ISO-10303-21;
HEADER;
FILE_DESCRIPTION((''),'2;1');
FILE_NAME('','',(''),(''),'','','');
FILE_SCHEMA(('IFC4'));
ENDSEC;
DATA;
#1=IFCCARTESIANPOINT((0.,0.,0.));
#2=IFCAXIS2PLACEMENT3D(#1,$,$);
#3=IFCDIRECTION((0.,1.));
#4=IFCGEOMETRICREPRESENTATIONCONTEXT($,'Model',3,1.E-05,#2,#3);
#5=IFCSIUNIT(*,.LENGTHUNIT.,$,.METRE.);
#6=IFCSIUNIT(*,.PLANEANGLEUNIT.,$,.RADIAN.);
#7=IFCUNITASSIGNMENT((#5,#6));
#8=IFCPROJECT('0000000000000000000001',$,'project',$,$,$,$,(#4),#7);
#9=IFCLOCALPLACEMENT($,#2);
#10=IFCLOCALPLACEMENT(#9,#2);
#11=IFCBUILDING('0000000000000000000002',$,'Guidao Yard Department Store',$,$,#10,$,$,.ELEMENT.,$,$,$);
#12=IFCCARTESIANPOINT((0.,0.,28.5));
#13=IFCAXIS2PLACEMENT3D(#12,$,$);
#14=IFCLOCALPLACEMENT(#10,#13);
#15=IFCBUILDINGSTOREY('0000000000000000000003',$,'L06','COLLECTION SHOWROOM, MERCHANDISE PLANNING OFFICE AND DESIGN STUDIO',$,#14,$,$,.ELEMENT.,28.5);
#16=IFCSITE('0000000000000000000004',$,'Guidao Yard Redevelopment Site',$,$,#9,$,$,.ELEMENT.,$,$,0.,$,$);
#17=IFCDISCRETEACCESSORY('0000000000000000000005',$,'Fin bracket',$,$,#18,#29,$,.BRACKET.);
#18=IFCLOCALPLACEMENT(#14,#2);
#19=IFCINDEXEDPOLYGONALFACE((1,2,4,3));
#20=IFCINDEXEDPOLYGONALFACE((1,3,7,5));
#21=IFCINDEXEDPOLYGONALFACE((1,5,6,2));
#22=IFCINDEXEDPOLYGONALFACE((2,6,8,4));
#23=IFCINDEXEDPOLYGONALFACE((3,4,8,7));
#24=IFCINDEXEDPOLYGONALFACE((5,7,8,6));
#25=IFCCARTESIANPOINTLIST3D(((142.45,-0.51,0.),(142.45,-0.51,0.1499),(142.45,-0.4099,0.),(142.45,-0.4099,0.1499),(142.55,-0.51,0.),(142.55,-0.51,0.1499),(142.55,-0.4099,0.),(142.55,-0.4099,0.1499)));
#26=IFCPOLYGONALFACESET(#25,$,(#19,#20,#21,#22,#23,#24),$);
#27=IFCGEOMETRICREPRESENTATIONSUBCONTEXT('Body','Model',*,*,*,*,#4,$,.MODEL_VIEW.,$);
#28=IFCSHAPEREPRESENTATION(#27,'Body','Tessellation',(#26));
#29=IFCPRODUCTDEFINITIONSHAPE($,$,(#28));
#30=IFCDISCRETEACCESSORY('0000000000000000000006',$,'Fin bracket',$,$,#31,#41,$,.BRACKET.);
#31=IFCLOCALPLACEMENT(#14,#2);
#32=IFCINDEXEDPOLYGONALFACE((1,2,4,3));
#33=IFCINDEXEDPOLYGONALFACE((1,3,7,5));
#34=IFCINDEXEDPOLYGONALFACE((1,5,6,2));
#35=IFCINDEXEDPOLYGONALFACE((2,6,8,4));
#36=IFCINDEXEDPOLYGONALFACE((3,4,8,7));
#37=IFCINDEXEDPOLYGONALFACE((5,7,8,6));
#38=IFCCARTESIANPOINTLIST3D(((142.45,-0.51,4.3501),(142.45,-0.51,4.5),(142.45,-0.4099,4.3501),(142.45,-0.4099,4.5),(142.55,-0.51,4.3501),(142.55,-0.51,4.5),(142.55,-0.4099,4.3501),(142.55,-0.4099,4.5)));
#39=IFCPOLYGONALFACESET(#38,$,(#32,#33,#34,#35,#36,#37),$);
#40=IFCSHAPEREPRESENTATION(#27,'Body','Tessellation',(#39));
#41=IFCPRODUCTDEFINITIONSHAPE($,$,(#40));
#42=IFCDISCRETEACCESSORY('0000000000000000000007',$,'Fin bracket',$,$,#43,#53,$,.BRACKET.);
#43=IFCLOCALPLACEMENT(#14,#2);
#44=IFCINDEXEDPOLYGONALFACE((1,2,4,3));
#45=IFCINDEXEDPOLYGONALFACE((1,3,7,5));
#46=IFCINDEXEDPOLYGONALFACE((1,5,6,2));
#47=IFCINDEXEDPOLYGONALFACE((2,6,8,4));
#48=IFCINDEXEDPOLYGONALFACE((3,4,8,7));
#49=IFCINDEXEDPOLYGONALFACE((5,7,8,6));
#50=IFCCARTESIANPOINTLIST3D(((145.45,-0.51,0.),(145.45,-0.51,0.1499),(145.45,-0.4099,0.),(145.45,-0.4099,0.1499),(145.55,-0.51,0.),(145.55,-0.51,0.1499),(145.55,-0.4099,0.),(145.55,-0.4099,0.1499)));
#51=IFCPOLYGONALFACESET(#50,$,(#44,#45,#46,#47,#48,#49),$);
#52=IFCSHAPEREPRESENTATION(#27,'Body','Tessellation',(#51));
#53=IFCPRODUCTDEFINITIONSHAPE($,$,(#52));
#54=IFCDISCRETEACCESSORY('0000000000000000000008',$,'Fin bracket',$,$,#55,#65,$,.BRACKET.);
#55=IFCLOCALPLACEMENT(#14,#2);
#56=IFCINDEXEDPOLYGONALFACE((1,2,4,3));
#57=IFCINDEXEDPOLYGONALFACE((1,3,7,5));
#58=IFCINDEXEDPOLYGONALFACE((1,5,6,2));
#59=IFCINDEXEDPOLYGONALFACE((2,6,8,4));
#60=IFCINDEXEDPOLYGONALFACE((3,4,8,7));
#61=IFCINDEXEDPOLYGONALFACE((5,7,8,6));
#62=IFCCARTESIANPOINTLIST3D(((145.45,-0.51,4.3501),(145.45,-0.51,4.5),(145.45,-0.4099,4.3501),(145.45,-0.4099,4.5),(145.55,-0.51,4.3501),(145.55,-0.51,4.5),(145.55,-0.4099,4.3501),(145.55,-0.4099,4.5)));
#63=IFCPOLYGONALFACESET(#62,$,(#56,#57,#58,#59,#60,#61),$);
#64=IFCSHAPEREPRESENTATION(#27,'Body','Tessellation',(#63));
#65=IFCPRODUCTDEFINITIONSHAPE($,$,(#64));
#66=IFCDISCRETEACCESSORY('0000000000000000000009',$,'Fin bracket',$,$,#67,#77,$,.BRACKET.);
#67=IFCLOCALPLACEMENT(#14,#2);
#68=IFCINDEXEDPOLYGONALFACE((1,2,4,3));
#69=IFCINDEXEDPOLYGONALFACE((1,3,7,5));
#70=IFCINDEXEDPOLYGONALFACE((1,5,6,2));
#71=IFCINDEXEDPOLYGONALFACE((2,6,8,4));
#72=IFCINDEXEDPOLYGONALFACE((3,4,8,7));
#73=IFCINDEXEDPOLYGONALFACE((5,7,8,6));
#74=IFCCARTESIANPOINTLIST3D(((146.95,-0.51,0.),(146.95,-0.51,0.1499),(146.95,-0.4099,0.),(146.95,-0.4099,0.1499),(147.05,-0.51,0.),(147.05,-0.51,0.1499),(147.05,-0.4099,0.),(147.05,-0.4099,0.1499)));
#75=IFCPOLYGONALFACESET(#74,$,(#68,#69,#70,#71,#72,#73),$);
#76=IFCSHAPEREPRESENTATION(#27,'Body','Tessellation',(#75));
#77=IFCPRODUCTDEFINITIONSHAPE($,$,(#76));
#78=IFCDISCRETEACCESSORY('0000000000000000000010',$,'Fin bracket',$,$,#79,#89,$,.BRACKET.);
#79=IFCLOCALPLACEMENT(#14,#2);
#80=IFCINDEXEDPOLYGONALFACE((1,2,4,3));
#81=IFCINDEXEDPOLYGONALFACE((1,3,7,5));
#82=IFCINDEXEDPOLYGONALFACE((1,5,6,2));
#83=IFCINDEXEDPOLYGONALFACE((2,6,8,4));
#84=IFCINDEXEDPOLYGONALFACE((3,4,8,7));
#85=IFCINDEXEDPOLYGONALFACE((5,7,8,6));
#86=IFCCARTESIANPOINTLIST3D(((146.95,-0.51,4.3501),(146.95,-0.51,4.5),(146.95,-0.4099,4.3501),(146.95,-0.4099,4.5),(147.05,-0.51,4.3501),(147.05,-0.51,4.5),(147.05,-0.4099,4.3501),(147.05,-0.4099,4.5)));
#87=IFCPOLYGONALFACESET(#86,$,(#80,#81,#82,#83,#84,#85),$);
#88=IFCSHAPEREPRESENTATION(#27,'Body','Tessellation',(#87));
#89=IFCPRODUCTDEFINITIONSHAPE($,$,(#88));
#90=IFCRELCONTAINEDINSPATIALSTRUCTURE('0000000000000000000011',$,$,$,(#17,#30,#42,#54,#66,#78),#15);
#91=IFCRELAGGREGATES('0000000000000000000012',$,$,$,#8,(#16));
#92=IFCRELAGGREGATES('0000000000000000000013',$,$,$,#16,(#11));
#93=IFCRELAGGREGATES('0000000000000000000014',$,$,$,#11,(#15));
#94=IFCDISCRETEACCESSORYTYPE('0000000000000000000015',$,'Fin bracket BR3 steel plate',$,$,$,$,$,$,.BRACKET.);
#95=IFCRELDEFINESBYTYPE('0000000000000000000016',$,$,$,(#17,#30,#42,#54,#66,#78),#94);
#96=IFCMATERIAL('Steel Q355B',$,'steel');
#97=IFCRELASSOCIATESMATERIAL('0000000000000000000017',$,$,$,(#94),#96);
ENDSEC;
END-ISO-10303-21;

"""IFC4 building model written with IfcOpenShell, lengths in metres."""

from ifc_helpers import new_model, si_unit, direction, frame, origin, origin_2d, place, context, subcontext, project, spatial, rectangle, extrude, material, type_object, element, save


model = new_model("IFC4")

# Units and contexts
model_context = context("Model", 3, precision=1e-05, world=origin(), true_north=direction((0.0, 1.0)))
body_context = subcontext(model_context, "Body", "Model", "MODEL_VIEW")
ifc_project = project(units=[si_unit("LENGTHUNIT", "METRE"), si_unit("PLANEANGLEUNIT", "RADIAN")], contexts=[model_context])

# Site, building, storey
site_placement = place(None, origin())
site = spatial("IfcSite", under=ifc_project, at=site_placement, Name="Guidao Yard Redevelopment Site", CompositionType="ELEMENT", RefElevation=0.0)
building_placement = place(site_placement, origin())
building = spatial("IfcBuilding", under=site, at=building_placement, Name="Guidao Yard Department Store", CompositionType="ELEMENT")
storey_placement = place(building_placement, frame((0.0, 0.0, 28.5)))
storey = spatial("IfcBuildingStorey", under=building, at=storey_placement, Name="L06", Description="COLLECTION SHOWROOM, MERCHANDISE PLANNING OFFICE AND DESIGN STUDIO", CompositionType="ELEMENT", Elevation=28.5)

# Discrete accessories
ifc_material_1 = material(Name="Steel Q355B", Category="steel")
discrete_accessory_type = type_object("IfcDiscreteAccessoryType", Name="Fin bracket BR3 steel plate", PredefinedType="BRACKET", material=ifc_material_1)
for number, where, z_axis, x_axis, name in (
    (1, (142.5, -0.46, 0.0), (0.0, 0.0, 1.0), (-1.0, 0.0, 0.0), "Fin bracket"),
    (2, (142.5, -0.46, 4.3501), (0.0, 0.0, 1.0), (-1.0, 0.0, 0.0), "Fin bracket"),
    (3, (145.5, -0.46, 0.0), (0.0, 0.0, 1.0), (-1.0, 0.0, 0.0), "Fin bracket"),
    (4, (145.5, -0.46, 4.3501), (0.0, 0.0, 1.0), (-1.0, 0.0, 0.0), "Fin bracket"),
    (5, (147.0, -0.46, 0.0), (0.0, 0.0, 1.0), (-1.0, 0.0, 0.0), "Fin bracket"),
    (6, (147.0, -0.46, 4.3501), (0.0, 0.0, 1.0), (-1.0, 0.0, 0.0), "Fin bracket"),
):
    element("IfcDiscreteAccessory", number, at=place(storey_placement, frame(where, z_axis=z_axis, x_axis=x_axis)), inside=storey, type_object=discrete_accessory_type, Name=name, PredefinedType="BRACKET", context=body_context, shape_type="SweptSolid", body=[
        extrude(rectangle(XDim=0.1001, YDim=0.1001, at=origin_2d()), origin(), (0.0, 0.0, 1.0), 0.1499),
    ])

save(model, "model.ifc")
